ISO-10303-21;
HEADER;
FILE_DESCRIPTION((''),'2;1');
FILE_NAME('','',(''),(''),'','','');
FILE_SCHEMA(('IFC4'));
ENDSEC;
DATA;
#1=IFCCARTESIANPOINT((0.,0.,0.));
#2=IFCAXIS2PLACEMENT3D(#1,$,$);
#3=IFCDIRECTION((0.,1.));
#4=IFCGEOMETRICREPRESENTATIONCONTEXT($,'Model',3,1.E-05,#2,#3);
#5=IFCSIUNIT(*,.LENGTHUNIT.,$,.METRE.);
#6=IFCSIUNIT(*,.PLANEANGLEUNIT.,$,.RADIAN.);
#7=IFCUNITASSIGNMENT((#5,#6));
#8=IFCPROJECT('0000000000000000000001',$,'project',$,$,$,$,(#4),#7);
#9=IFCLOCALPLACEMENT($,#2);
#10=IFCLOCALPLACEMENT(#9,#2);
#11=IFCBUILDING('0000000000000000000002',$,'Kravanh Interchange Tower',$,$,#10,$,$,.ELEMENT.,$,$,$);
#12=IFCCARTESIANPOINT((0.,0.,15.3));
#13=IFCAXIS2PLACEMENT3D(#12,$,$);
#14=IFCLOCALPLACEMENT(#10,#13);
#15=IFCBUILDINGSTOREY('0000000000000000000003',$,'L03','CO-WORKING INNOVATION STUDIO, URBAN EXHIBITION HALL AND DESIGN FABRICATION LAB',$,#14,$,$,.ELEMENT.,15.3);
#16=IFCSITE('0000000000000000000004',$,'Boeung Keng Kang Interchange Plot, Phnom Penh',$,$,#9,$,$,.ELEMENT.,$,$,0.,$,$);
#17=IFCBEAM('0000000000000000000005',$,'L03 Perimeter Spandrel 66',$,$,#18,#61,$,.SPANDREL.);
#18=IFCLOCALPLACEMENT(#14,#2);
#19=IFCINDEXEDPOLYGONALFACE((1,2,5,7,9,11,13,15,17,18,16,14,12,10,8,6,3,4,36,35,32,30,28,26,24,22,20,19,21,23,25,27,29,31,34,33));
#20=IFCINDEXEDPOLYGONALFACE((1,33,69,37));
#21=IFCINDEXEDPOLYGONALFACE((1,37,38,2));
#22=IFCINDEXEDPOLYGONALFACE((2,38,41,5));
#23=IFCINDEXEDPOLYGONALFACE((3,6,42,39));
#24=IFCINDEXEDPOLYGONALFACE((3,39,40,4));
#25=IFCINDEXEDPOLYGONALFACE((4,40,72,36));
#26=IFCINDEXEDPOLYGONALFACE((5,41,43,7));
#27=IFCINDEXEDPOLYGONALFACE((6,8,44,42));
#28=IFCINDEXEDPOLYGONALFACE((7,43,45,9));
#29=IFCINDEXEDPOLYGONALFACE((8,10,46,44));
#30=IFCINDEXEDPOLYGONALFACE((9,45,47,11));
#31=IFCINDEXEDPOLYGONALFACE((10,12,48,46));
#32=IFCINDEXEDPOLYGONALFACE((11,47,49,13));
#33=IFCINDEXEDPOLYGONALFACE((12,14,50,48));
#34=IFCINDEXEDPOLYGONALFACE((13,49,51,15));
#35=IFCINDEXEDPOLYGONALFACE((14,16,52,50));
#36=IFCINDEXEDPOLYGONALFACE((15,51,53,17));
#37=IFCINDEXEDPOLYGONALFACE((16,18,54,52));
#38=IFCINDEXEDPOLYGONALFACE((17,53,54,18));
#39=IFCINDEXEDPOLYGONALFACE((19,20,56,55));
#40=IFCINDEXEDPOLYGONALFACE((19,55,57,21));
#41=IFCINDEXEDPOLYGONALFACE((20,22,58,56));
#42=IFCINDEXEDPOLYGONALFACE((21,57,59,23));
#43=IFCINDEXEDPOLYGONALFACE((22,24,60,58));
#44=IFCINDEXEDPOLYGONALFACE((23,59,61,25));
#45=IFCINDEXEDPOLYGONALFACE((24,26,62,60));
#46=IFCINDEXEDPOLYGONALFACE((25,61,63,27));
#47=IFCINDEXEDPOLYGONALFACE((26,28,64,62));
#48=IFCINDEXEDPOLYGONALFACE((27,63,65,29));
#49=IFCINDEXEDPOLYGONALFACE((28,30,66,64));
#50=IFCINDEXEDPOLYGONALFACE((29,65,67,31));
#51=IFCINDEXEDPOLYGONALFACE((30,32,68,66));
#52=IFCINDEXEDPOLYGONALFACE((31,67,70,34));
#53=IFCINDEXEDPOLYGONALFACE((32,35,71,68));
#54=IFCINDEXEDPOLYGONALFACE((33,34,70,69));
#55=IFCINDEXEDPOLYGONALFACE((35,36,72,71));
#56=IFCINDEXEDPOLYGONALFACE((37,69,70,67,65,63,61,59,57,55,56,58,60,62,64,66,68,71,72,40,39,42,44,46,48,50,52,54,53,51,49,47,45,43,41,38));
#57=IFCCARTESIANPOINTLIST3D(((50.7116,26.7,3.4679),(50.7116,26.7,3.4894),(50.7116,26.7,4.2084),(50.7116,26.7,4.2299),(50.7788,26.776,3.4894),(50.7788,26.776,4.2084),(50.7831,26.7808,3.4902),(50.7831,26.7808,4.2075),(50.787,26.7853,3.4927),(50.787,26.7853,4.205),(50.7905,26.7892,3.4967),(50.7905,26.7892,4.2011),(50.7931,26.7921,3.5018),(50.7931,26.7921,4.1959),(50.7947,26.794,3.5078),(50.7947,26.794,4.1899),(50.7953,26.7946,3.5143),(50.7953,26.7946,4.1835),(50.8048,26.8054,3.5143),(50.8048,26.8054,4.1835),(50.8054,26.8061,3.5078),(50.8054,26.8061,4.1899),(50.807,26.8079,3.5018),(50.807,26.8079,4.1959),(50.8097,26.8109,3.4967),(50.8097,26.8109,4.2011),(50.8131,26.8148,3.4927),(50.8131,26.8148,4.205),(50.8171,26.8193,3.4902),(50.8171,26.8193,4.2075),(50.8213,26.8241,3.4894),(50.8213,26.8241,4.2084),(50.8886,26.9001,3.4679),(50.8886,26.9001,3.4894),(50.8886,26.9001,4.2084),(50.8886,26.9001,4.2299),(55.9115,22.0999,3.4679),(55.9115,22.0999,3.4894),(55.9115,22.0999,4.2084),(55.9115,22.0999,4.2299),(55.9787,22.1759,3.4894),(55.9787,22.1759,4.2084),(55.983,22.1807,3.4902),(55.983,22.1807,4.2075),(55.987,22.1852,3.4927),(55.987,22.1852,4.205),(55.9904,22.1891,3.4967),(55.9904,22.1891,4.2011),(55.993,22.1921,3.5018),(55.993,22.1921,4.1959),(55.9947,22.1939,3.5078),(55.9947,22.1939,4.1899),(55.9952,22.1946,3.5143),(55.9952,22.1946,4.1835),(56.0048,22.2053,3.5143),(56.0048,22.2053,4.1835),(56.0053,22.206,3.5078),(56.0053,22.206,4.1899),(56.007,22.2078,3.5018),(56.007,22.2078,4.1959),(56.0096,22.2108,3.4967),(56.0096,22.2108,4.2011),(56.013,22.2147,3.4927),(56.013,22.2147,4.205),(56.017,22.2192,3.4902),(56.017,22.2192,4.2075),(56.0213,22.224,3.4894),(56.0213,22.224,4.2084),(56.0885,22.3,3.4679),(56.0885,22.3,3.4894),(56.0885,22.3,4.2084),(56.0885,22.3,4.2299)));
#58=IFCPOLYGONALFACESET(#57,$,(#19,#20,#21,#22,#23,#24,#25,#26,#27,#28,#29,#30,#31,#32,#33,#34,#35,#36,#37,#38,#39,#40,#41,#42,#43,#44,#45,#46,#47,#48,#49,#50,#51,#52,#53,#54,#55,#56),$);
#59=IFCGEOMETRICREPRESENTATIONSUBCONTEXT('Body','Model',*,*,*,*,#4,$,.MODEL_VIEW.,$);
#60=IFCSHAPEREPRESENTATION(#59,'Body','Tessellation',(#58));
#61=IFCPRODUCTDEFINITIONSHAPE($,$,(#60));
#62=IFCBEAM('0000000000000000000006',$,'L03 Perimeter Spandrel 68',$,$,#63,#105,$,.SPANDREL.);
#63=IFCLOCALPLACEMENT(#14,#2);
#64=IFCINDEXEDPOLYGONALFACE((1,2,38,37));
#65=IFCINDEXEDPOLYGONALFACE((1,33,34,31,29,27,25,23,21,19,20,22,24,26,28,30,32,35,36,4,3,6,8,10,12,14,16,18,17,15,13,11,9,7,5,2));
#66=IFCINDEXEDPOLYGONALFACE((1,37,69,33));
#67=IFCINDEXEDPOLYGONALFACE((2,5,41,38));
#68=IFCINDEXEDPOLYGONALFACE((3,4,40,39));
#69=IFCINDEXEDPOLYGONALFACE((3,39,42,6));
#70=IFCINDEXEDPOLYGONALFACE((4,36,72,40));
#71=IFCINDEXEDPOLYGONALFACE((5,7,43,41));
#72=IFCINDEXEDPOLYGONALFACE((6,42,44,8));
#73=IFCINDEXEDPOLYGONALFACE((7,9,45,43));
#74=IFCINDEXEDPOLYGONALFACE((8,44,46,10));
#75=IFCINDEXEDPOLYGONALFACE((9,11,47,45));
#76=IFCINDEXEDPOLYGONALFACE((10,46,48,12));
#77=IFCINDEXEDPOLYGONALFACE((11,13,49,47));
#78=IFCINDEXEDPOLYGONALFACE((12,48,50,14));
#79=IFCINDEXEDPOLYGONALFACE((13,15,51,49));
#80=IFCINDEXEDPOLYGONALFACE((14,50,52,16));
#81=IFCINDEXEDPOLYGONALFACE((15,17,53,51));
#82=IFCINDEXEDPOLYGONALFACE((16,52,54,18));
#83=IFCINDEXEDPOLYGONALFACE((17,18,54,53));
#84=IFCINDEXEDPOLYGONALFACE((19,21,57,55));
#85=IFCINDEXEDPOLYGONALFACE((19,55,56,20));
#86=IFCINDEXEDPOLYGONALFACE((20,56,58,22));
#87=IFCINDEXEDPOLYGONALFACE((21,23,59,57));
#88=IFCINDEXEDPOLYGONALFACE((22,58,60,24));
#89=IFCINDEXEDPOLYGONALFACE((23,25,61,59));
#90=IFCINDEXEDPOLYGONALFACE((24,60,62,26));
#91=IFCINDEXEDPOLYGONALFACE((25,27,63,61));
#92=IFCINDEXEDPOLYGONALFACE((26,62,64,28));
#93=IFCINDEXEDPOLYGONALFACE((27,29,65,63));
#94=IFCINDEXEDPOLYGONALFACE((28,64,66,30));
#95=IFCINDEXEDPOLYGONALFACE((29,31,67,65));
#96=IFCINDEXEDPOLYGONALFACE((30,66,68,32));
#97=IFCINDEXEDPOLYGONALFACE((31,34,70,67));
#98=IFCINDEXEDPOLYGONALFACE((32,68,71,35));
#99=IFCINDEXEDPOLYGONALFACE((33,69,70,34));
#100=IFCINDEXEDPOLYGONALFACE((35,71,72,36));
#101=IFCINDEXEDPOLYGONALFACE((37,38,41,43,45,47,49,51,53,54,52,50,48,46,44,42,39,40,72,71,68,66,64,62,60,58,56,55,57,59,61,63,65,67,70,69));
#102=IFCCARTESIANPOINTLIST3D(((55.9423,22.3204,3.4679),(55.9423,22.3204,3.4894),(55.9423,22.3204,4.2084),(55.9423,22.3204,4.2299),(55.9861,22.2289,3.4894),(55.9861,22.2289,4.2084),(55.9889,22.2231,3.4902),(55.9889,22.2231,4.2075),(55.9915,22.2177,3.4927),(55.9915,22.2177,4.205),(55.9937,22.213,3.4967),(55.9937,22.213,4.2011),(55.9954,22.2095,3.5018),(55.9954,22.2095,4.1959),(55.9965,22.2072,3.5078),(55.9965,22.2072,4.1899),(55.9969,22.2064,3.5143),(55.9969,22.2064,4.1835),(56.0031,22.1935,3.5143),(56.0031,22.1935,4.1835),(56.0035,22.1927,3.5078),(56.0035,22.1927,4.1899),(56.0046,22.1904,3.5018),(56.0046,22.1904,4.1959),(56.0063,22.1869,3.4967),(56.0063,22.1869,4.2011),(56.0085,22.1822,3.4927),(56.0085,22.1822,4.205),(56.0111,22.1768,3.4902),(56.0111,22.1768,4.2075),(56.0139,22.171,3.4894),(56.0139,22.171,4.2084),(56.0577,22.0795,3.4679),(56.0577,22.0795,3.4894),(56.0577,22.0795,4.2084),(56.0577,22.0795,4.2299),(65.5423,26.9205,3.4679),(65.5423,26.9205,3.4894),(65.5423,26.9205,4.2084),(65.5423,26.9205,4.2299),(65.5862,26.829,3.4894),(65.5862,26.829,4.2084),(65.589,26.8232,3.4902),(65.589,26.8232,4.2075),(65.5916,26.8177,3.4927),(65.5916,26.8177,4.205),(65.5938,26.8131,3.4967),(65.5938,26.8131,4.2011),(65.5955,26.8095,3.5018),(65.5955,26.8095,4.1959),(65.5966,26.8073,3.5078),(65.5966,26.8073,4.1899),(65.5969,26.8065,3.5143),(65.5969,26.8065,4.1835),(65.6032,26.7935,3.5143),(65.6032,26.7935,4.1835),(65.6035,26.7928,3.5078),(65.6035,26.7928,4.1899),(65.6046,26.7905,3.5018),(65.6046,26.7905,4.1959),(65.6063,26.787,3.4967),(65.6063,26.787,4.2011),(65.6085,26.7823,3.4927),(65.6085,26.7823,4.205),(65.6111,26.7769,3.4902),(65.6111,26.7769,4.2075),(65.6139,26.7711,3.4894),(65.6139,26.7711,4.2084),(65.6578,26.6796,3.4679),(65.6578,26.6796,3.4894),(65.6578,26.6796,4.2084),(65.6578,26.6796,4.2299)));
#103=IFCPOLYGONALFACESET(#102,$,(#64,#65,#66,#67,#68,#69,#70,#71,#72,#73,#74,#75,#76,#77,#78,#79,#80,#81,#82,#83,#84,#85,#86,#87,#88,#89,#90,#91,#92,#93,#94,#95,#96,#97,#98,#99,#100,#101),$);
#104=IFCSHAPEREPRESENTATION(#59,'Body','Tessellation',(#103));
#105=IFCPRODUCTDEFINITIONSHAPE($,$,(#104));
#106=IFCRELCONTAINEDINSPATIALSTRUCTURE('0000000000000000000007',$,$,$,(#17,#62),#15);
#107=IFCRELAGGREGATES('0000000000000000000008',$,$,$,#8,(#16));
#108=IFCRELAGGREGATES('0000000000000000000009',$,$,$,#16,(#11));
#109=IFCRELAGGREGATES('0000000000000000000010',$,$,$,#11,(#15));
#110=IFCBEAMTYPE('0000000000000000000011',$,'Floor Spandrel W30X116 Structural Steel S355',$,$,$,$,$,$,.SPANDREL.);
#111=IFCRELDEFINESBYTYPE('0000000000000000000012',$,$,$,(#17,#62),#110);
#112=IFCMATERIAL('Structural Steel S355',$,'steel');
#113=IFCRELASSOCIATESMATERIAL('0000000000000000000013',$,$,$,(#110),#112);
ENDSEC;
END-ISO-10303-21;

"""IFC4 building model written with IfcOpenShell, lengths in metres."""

from ifc_helpers import new_model, si_unit, direction, frame, origin, origin_2d, place, context, subcontext, project, spatial, i_section, extrude, material, material_profile, profile_set, type_object, element, save


model = new_model("IFC4")

# Units and contexts
model_context = context("Model", 3, precision=1e-05, world=origin(), true_north=direction((0.0, 1.0)))
body_context = subcontext(model_context, "Body", "Model", "MODEL_VIEW")
ifc_project = project(units=[si_unit("LENGTHUNIT", "METRE"), si_unit("PLANEANGLEUNIT", "RADIAN")], contexts=[model_context])

# Site, building, storey
site_placement = place(None, origin())
site = spatial("IfcSite", under=ifc_project, at=site_placement, Name="Boeung Keng Kang Interchange Plot, Phnom Penh", CompositionType="ELEMENT", RefElevation=0.0)
building_placement = place(site_placement, origin())
building = spatial("IfcBuilding", under=site, at=building_placement, Name="Kravanh Interchange Tower", CompositionType="ELEMENT")
storey_placement = place(building_placement, frame((0.0, 0.0, 15.3)))
storey = spatial("IfcBuildingStorey", under=building, at=storey_placement, Name="L03", Description="CO-WORKING INNOVATION STUDIO, URBAN EXHIBITION HALL AND DESIGN FABRICATION LAB", CompositionType="ELEMENT", Elevation=15.3)

# Beams
ifc_material_1 = material(Name="Structural Steel S355", Category="steel")
ifc_material_profile_1 = material_profile(ifc_material_1, i_section(OverallWidth=0.2671, OverallDepth=0.762, WebThickness=0.0144, FlangeThickness=0.0215, FilletRadius=0.0249, at=origin_2d()), Name="W30X116")
ifc_profile_set_1 = profile_set([ifc_material_profile_1], Name="Structural Steel S355")
beam_type_1 = type_object("IfcBeamType", Name="Floor Spandrel W30X116 Structural Steel S355", PredefinedType="SPANDREL", material=ifc_profile_set_1)
beam_1_placement = place(storey_placement, frame((56.0, 22.2, 3.8489), z_axis=(-0.748986, 0.662585, 0.0), x_axis=(-0.662585, -0.748986, 0.0)))
element("IfcBeam", 1, at=beam_1_placement, inside=storey, type_object=beam_type_1, Name="L03 Perimeter Spandrel 66", PredefinedType="SPANDREL", context=body_context, shape_type="SweptSolid", body=[
    extrude(i_section(OverallWidth=0.2671, OverallDepth=0.762, WebThickness=0.0144, FlangeThickness=0.0215, FilletRadius=0.0249, at=origin_2d()), origin(), (0.0, 0.0, 1.0), 6.9426),
])
beam_2_placement = place(storey_placement, frame((56.0, 22.2, 3.8489), z_axis=(0.901814, 0.432124, 0.0), x_axis=(-0.432124, 0.901814, 0.0)))
element("IfcBeam", 2, at=beam_2_placement, inside=storey, type_object=beam_type_1, Name="L03 Perimeter Spandrel 68", PredefinedType="SPANDREL", context=body_context, shape_type="SweptSolid", body=[
    extrude(i_section(OverallWidth=0.2671, OverallDepth=0.762, WebThickness=0.0144, FlangeThickness=0.0215, FilletRadius=0.0249, at=origin_2d()), origin(), (0.0, 0.0, 1.0), 10.6453),
])

save(model, "model.ifc")
